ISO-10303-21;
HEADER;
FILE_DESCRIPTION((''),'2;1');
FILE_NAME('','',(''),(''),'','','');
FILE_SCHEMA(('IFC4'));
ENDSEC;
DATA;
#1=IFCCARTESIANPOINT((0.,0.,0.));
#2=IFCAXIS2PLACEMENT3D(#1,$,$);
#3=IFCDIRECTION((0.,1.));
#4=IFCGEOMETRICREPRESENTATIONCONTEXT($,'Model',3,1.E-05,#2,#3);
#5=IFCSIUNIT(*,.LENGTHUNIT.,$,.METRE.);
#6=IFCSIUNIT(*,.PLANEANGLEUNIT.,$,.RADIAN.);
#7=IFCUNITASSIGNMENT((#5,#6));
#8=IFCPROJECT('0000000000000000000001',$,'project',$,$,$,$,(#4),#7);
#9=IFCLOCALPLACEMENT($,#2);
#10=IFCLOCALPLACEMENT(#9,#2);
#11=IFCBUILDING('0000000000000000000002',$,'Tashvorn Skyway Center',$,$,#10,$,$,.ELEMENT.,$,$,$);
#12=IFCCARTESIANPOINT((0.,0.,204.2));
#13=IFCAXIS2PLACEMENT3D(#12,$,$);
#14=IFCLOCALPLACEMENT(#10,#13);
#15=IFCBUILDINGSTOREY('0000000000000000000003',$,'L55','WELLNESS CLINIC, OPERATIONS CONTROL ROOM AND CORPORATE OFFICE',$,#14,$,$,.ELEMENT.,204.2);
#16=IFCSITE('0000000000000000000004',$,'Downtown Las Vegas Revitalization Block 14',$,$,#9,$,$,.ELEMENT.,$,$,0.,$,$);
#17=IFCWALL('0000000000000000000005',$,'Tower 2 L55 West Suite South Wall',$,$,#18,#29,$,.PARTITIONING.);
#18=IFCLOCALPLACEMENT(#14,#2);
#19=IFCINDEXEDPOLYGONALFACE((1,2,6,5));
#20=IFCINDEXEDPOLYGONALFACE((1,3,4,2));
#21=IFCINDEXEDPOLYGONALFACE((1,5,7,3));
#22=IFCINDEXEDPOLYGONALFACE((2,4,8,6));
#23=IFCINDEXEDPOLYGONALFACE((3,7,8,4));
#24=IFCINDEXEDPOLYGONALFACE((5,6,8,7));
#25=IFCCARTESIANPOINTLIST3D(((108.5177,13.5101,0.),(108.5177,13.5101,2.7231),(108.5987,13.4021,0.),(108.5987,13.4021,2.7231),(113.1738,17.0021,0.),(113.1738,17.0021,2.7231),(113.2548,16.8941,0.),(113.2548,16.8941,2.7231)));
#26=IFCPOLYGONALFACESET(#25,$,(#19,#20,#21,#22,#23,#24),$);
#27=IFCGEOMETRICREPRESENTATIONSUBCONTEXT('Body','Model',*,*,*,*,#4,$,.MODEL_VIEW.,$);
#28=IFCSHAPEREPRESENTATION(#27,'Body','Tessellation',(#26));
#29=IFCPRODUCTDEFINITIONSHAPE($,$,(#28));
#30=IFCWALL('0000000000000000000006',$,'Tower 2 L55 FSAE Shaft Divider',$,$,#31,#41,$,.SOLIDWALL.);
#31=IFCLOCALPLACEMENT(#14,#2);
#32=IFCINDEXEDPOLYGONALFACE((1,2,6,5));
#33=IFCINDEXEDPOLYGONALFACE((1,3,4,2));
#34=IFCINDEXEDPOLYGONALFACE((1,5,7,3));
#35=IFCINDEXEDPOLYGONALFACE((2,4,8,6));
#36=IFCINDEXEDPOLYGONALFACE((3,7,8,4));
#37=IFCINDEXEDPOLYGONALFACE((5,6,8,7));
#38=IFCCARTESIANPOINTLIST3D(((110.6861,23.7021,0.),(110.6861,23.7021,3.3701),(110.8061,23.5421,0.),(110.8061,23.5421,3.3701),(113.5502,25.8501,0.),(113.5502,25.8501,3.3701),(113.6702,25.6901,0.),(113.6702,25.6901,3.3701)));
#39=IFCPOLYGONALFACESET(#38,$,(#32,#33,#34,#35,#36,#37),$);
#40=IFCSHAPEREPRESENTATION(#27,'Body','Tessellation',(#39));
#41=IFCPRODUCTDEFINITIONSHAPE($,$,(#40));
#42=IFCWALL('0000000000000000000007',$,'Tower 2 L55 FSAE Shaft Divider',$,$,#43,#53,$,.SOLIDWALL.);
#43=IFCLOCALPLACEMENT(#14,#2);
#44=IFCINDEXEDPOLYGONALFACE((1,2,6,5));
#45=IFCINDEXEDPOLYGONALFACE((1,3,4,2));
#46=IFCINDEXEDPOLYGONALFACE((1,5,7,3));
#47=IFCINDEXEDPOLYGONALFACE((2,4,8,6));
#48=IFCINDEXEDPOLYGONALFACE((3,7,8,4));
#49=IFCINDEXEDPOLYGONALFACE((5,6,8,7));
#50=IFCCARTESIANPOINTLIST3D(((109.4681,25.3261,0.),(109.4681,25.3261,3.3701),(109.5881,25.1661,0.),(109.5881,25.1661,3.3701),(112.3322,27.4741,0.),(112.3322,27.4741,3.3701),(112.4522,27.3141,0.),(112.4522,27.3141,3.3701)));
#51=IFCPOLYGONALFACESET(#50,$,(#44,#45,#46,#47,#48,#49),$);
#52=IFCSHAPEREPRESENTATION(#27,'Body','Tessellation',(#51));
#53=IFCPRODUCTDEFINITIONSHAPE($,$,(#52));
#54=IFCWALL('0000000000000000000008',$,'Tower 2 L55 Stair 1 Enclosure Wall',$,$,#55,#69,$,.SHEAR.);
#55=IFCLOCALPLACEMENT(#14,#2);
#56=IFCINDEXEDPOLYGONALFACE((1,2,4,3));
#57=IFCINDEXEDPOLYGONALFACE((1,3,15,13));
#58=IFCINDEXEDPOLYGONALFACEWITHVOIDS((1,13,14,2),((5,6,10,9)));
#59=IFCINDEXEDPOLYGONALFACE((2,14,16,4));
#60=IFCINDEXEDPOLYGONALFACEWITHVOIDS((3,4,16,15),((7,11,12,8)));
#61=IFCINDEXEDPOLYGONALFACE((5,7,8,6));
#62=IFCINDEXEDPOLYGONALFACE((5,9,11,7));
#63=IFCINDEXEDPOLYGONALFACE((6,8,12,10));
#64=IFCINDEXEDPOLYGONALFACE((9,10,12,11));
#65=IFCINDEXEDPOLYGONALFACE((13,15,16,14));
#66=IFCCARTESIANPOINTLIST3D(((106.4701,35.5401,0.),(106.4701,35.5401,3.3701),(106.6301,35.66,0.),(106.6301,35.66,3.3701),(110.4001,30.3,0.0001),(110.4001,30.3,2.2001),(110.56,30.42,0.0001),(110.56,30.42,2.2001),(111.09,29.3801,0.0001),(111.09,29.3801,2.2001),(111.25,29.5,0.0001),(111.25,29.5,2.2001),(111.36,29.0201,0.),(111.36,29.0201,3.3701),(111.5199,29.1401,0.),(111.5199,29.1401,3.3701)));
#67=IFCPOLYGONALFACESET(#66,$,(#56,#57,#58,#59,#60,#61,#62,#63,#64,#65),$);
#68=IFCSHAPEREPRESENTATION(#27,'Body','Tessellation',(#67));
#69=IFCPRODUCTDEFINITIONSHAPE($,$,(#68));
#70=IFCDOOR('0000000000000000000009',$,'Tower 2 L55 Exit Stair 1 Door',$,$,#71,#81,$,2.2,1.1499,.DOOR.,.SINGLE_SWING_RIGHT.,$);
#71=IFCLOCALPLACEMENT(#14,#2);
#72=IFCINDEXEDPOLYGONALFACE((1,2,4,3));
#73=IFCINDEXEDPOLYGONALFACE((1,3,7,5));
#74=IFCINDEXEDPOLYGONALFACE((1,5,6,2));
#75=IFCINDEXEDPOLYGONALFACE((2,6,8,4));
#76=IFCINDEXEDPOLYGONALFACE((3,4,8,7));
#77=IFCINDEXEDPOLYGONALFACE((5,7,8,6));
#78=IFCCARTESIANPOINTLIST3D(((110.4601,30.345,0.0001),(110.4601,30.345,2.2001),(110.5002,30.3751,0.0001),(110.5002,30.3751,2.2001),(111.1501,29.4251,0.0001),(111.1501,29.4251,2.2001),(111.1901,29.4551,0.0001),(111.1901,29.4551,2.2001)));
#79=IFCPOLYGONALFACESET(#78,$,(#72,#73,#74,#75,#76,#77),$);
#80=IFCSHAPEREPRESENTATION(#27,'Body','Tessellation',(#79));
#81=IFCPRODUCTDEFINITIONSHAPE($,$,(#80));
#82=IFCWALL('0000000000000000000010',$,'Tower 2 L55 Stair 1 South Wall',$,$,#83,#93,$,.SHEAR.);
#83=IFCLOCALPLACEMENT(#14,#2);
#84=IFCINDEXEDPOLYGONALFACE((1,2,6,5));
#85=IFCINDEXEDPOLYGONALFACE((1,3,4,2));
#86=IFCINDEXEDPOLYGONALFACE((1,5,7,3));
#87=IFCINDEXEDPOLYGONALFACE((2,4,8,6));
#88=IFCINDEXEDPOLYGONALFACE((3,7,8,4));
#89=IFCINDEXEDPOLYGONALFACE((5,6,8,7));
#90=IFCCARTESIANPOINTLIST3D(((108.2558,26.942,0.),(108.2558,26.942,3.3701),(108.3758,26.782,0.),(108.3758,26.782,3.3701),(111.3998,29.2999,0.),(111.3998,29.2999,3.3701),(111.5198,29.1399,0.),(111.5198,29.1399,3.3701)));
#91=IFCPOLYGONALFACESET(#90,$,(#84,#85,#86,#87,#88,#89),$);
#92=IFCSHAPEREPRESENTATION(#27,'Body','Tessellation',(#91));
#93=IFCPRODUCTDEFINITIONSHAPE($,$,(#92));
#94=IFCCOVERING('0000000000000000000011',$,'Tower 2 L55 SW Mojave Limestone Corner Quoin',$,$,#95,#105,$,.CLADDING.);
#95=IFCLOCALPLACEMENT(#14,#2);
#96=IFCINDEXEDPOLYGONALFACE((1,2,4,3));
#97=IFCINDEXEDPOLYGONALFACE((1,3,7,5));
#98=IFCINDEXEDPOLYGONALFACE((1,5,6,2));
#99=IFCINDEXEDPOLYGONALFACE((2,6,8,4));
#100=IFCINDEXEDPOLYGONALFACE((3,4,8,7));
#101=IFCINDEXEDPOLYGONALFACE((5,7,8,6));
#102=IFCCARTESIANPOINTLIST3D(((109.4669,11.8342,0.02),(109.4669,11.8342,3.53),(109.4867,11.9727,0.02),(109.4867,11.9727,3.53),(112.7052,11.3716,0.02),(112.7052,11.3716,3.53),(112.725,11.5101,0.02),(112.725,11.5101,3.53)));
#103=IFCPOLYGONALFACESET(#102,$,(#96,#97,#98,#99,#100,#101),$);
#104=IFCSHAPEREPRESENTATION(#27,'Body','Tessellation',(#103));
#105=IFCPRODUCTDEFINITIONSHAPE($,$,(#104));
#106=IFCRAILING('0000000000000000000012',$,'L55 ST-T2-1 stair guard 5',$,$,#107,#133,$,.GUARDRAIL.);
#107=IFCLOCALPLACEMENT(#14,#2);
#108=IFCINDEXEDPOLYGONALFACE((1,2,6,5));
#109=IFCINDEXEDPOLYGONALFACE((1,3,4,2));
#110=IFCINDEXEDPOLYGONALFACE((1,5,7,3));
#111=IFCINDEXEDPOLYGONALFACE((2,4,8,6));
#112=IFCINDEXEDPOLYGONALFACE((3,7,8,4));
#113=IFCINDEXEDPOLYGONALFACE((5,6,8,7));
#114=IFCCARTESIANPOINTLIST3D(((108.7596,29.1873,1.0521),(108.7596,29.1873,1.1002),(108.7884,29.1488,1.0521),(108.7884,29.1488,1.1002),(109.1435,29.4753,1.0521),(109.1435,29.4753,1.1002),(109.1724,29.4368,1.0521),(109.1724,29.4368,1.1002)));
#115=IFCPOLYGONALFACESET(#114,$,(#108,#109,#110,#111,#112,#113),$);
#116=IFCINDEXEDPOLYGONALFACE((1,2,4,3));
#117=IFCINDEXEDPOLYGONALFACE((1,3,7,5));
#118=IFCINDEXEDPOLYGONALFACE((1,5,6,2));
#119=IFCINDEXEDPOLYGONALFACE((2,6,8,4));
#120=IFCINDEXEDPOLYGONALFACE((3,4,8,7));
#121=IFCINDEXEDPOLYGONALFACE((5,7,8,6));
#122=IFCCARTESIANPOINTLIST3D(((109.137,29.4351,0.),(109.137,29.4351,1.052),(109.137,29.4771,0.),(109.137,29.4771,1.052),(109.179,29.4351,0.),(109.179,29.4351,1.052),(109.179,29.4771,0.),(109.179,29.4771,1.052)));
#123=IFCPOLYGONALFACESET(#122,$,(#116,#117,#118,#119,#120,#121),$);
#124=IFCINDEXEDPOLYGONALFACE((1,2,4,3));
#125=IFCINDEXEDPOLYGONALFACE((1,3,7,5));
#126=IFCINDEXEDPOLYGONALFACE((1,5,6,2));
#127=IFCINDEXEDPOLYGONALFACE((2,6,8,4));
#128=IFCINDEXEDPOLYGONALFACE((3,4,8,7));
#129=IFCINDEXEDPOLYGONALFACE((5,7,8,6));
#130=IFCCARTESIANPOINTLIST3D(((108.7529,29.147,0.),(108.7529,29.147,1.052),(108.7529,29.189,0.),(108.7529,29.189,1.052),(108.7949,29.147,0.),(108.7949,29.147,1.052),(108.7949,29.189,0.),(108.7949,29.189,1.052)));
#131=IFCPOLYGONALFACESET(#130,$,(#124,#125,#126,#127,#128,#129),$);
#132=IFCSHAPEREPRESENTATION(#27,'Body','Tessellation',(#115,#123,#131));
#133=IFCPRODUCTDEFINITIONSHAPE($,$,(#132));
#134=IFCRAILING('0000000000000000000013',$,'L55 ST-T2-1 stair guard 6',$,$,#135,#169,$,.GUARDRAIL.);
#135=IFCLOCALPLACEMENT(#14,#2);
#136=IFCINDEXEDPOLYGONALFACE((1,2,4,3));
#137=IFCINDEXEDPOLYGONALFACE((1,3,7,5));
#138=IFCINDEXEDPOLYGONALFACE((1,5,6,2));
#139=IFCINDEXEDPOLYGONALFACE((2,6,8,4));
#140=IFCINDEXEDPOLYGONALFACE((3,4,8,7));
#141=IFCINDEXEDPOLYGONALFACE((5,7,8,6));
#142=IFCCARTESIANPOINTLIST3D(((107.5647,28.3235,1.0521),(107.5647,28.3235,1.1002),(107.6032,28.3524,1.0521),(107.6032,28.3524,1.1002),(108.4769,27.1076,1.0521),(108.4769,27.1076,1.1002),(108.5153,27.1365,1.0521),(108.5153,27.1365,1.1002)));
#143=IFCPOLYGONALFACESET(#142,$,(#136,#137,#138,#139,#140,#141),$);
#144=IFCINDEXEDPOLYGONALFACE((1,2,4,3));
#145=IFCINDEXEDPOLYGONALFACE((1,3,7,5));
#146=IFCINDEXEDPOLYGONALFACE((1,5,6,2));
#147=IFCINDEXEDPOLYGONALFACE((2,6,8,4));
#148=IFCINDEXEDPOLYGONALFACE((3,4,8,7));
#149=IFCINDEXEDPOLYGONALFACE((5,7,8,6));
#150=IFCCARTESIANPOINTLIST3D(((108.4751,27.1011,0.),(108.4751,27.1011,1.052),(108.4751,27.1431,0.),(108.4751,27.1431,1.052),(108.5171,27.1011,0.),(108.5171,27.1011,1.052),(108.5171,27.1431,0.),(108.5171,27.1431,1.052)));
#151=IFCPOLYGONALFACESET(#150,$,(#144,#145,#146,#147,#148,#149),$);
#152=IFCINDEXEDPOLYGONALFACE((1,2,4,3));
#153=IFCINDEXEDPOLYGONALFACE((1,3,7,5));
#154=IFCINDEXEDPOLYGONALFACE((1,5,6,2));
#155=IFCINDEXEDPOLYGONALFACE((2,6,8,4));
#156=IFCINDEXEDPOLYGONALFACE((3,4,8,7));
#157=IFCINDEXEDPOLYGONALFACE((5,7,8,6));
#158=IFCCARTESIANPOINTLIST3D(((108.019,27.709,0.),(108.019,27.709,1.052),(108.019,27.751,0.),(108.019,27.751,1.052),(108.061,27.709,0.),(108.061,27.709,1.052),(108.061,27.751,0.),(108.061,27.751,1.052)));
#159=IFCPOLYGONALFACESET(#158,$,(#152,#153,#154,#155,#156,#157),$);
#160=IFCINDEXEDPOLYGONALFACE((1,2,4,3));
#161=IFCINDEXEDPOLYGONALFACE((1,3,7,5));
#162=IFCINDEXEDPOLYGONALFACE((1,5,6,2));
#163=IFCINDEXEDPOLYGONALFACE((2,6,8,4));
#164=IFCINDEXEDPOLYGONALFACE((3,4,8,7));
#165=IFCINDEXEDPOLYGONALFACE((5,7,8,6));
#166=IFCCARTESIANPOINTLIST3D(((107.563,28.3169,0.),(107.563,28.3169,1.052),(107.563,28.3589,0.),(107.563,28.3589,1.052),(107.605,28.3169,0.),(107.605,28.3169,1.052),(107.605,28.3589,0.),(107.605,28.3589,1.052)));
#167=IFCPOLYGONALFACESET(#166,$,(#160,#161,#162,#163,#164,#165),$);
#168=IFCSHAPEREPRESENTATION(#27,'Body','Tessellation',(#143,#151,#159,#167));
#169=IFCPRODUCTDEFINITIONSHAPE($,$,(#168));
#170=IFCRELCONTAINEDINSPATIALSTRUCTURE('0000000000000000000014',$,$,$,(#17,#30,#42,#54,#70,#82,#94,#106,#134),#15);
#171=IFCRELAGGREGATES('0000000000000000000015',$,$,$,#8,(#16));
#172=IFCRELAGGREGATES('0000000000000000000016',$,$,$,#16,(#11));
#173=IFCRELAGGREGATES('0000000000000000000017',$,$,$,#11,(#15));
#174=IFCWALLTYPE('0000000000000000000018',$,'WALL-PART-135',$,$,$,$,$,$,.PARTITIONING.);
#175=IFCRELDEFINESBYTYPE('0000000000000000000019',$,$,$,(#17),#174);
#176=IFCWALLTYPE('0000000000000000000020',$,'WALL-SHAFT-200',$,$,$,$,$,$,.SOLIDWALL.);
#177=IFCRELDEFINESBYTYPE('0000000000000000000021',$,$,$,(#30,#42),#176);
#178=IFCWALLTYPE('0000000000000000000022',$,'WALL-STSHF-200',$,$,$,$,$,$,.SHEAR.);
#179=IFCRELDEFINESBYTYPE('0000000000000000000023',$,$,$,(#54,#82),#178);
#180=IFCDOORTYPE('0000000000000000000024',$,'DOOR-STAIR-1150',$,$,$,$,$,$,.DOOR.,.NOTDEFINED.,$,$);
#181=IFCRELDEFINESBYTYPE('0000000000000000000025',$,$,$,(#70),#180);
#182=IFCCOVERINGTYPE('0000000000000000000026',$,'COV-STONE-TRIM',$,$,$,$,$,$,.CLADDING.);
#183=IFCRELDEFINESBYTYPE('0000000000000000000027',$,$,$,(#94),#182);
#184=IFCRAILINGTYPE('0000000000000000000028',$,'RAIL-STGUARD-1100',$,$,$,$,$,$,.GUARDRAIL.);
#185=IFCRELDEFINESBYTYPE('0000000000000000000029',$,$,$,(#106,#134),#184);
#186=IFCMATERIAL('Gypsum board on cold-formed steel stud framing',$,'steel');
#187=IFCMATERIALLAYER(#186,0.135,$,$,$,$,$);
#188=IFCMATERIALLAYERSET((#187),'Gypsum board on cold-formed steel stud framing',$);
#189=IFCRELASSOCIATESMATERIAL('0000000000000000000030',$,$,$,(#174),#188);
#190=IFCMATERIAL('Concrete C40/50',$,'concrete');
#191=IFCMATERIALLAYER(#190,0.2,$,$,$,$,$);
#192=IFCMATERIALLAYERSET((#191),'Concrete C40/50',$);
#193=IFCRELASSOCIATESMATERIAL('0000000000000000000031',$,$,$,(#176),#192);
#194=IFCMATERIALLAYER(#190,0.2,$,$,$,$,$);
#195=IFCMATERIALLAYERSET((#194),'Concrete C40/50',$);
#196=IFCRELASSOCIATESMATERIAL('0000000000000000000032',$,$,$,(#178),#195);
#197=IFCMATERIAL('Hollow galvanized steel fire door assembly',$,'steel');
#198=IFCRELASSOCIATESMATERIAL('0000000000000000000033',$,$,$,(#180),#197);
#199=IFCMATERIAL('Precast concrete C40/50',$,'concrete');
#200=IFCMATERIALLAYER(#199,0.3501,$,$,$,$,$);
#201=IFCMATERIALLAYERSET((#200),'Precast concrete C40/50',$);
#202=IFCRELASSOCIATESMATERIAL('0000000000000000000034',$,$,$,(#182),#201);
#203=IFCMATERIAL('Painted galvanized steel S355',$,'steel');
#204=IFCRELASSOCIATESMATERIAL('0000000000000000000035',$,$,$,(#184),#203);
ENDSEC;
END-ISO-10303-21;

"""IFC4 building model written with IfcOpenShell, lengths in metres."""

from ifc_helpers import new_model, si_unit, direction, frame, frame_2d, origin, origin_2d, place, context, subcontext, project, spatial, rectangle, extrude, material, layer, layer_set, type_object, element, fill, save


model = new_model("IFC4")

# Units and contexts
model_context = context("Model", 3, precision=1e-05, world=origin(), true_north=direction((0.0, 1.0)))
body_context = subcontext(model_context, "Body", "Model", "MODEL_VIEW")
ifc_project = project(units=[si_unit("LENGTHUNIT", "METRE"), si_unit("PLANEANGLEUNIT", "RADIAN")], contexts=[model_context])

# Site, building, storey
site_placement = place(None, origin())
site = spatial("IfcSite", under=ifc_project, at=site_placement, Name="Downtown Las Vegas Revitalization Block 14", CompositionType="ELEMENT", RefElevation=0.0)
building_placement = place(site_placement, origin())
building = spatial("IfcBuilding", under=site, at=building_placement, Name="Tashvorn Skyway Center", CompositionType="ELEMENT")
storey_placement = place(building_placement, frame((0.0, 0.0, 204.2)))
storey = spatial("IfcBuildingStorey", under=building, at=storey_placement, Name="L55", Description="WELLNESS CLINIC, OPERATIONS CONTROL ROOM AND CORPORATE OFFICE", CompositionType="ELEMENT", Elevation=204.2)

# Shared definitions
ifc_material_1 = material(Name="Precast concrete C40/50", Category="concrete")

# Shared definitions
ifc_material_2 = material(Name="Gypsum board on cold-formed steel stud framing", Category="steel")
ifc_layer_1 = layer(ifc_material_2, 0.135)
ifc_layer_set_1 = layer_set([ifc_layer_1], Name="Gypsum board on cold-formed steel stud framing")
wall_type_1 = type_object("IfcWallType", Name="WALL-PART-135", PredefinedType="PARTITIONING", material=ifc_layer_set_1)

# Walls
wall_1_placement = place(storey_placement, frame((108.5581, 13.4561, 0.0), z_axis=(0.0, 0.0, 1.0), x_axis=(0.800005, 0.599993, 0.0)))
element("IfcWall", 1, at=wall_1_placement, inside=storey, type_object=wall_type_1, Name="Tower 2 L55 West Suite South Wall", PredefinedType="PARTITIONING", context=body_context, shape_type="SweptSolid", body=[
    extrude(rectangle(XDim=5.8201, YDim=0.135, at=frame_2d((2.9102, 0.0))), origin(), (0.0, 0.0, 1.0), 2.7231),
])
ifc_material_3 = material(Name="Concrete C40/50", Category="concrete")
ifc_layer_2 = layer(ifc_material_3, 0.2)
ifc_layer_set_2 = layer_set([ifc_layer_2], Name="Concrete C40/50")
wall_type_2 = type_object("IfcWallType", Name="WALL-SHAFT-200", PredefinedType="SOLIDWALL", material=ifc_layer_set_2)
for number, where, z_axis, x_axis, name in (
    (2, (110.7461, 23.6221, 0.0), (0.0, 0.0, 1.0), (0.800008, 0.599989, 0.0), "Tower 2 L55 FSAE Shaft Divider"),
    (3, (109.5281, 25.2461, 0.0), (0.0, 0.0, 1.0), (0.800008, 0.599989, 0.0), "Tower 2 L55 FSAE Shaft Divider"),
):
    element("IfcWall", number, at=place(storey_placement, frame(where, z_axis=z_axis, x_axis=x_axis)), inside=storey, type_object=wall_type_2, Name=name, PredefinedType="SOLIDWALL", context=body_context, shape_type="SweptSolid", body=[
        extrude(rectangle(XDim=3.5801, YDim=0.2, at=frame_2d((1.79, 0.0))), origin(), (0.0, 0.0, 1.0), 3.3701),
    ])

# Wall, opening, door
ifc_layer_3 = layer(ifc_material_3, 0.2)
ifc_layer_set_3 = layer_set([ifc_layer_3], Name="Concrete C40/50")
wall_type_3 = type_object("IfcWallType", Name="WALL-STSHF-200", PredefinedType="SHEAR", material=ifc_layer_set_3)
wall_2_placement = place(storey_placement, frame((111.4399, 29.0801, 0.0), z_axis=(0.0, 0.0, 1.0), x_axis=(-0.59999, 0.800007, 0.0)))
wall_2 = element("IfcWall", 4, at=wall_2_placement, inside=storey, type_object=wall_type_3, Name="Tower 2 L55 Stair 1 Enclosure Wall", PredefinedType="SHEAR", context=body_context, shape_type="SweptSolid", body=[
    extrude(rectangle(XDim=8.1499, YDim=0.2, at=frame_2d((4.075, 0.0))), origin(), (0.0, 0.0, 1.0), 3.3701),
])
opening_1_placement = place(wall_2_placement, frame((0.45, 0.0, 0.0)))
opening_1 = element("IfcOpeningElement", 5, at=opening_1_placement, cuts=wall_2, PredefinedType="OPENING", context=body_context, shape_type="SweptSolid", body=[
    extrude(rectangle(XDim=1.1499, YDim=2.2, at=frame_2d((0.575, 1.1001))), frame((0.0, 0.1099, 0.0), z_axis=(0.0, -1.0, 0.0), x_axis=(1.0, 0.0, 0.0)), (0.0, 0.0, 1.0), 0.22),
])
ifc_material_4 = material(Name="Hollow galvanized steel fire door assembly", Category="steel")
door_type_1 = type_object("IfcDoorType", Name="DOOR-STAIR-1150", OperationType="NOTDEFINED", PredefinedType="DOOR", material=ifc_material_4)
door_1_placement = place(opening_1_placement, origin())
door_1 = element("IfcDoor", 6, at=door_1_placement, inside=storey, type_object=door_type_1, Name="Tower 2 L55 Exit Stair 1 Door", OperationType="SINGLE_SWING_RIGHT", OverallHeight=2.2, OverallWidth=1.1499, PredefinedType="DOOR", context=body_context, shape_type="SweptSolid", body=[
    extrude(rectangle(XDim=1.1499, YDim=2.2, at=frame_2d((0.575, 1.1001))), frame((0.0, 0.0249, 0.0), z_axis=(0.0, -1.0, 0.0), x_axis=(1.0, 0.0, 0.0)), (0.0, 0.0, 1.0), 0.05),
])
fill(opening_1, door_1)

# Wall
wall_3_placement = place(storey_placement, frame((108.3159, 26.8621, 0.0), z_axis=(0.0, 0.0, 1.0), x_axis=(0.800015, 0.59998, 0.0)))
element("IfcWall", 7, at=wall_3_placement, inside=storey, type_object=wall_type_3, Name="Tower 2 L55 Stair 1 South Wall", PredefinedType="SHEAR", context=body_context, shape_type="SweptSolid", body=[
    extrude(rectangle(XDim=3.9299, YDim=0.2, at=frame_2d((1.9648, 0.0))), origin(), (0.0, 0.0, 1.0), 3.3701),
])

# Covering
ifc_layer_4 = layer(ifc_material_1, 0.3501)
ifc_layer_set_4 = layer_set([ifc_layer_4], Name="Precast concrete C40/50")
covering_type = type_object("IfcCoveringType", Name="COV-STONE-TRIM", PredefinedType="CLADDING", material=ifc_layer_set_4)
covering_placement = place(storey_placement, frame((111.0959, 11.6721, 0.02), z_axis=(0.0, 0.0, 1.0), x_axis=(-0.989949, 0.141421, 0.0)))
element("IfcCovering", 8, at=covering_placement, inside=storey, type_object=covering_type, Name="Tower 2 L55 SW Mojave Limestone Corner Quoin", PredefinedType="CLADDING", context=body_context, shape_type="SweptSolid", body=[
    extrude(rectangle(XDim=3.2712, YDim=0.1399, at=origin_2d()), origin(), (0.0, 0.0, 1.0), 3.51),
])

# Railings
ifc_material_5 = material(Name="Painted galvanized steel S355", Category="steel")
railing_type = type_object("IfcRailingType", Name="RAIL-STGUARD-1100", PredefinedType="GUARDRAIL", material=ifc_material_5)
railing_1_placement = place(storey_placement, frame((109.158, 29.4561, 0.0)))
element("IfcRailing", 9, at=railing_1_placement, inside=storey, type_object=railing_type, Name="L55 ST-T2-1 stair guard 5", PredefinedType="GUARDRAIL", context=body_context, shape_type="SweptSolid", body=[
    extrude(rectangle(XDim=0.0481, YDim=0.0481, at=origin_2d()), frame((0.0, 0.0, 1.0762), z_axis=(-0.799939, -0.600081, 0.0), x_axis=(0.600081, -0.799939, 0.0)), (0.0, 0.0, 1.0), 0.48),
    extrude(rectangle(XDim=0.042, YDim=0.042, at=origin_2d()), origin(), (0.0, 0.0, 1.0), 1.052),
    extrude(rectangle(XDim=0.042, YDim=0.042, at=origin_2d()), frame((-0.384, -0.2881, 0.0)), (0.0, 0.0, 1.0), 1.052),
])
railing_2_placement = place(storey_placement, frame((108.4961, 27.1221, 0.0)))
element("IfcRailing", 10, at=railing_2_placement, inside=storey, type_object=railing_type, Name="L55 ST-T2-1 stair guard 6", PredefinedType="GUARDRAIL", context=body_context, shape_type="SweptSolid", body=[
    extrude(rectangle(XDim=0.0481, YDim=0.0481, at=origin_2d()), frame((0.0, 0.0, 1.0762), z_axis=(-0.600103, 0.799923, 0.0), x_axis=(-0.799923, -0.600103, 0.0)), (0.0, 0.0, 1.0), 1.52),
    extrude(rectangle(XDim=0.042, YDim=0.042, at=origin_2d()), origin(), (0.0, 0.0, 1.0), 1.052),
    extrude(rectangle(XDim=0.042, YDim=0.042, at=origin_2d()), frame((-0.4561, 0.6079, 0.0)), (0.0, 0.0, 1.0), 1.052),
    extrude(rectangle(XDim=0.042, YDim=0.042, at=origin_2d()), frame((-0.9121, 1.2158, 0.0)), (0.0, 0.0, 1.0), 1.052),
])

save(model, "model.ifc")
